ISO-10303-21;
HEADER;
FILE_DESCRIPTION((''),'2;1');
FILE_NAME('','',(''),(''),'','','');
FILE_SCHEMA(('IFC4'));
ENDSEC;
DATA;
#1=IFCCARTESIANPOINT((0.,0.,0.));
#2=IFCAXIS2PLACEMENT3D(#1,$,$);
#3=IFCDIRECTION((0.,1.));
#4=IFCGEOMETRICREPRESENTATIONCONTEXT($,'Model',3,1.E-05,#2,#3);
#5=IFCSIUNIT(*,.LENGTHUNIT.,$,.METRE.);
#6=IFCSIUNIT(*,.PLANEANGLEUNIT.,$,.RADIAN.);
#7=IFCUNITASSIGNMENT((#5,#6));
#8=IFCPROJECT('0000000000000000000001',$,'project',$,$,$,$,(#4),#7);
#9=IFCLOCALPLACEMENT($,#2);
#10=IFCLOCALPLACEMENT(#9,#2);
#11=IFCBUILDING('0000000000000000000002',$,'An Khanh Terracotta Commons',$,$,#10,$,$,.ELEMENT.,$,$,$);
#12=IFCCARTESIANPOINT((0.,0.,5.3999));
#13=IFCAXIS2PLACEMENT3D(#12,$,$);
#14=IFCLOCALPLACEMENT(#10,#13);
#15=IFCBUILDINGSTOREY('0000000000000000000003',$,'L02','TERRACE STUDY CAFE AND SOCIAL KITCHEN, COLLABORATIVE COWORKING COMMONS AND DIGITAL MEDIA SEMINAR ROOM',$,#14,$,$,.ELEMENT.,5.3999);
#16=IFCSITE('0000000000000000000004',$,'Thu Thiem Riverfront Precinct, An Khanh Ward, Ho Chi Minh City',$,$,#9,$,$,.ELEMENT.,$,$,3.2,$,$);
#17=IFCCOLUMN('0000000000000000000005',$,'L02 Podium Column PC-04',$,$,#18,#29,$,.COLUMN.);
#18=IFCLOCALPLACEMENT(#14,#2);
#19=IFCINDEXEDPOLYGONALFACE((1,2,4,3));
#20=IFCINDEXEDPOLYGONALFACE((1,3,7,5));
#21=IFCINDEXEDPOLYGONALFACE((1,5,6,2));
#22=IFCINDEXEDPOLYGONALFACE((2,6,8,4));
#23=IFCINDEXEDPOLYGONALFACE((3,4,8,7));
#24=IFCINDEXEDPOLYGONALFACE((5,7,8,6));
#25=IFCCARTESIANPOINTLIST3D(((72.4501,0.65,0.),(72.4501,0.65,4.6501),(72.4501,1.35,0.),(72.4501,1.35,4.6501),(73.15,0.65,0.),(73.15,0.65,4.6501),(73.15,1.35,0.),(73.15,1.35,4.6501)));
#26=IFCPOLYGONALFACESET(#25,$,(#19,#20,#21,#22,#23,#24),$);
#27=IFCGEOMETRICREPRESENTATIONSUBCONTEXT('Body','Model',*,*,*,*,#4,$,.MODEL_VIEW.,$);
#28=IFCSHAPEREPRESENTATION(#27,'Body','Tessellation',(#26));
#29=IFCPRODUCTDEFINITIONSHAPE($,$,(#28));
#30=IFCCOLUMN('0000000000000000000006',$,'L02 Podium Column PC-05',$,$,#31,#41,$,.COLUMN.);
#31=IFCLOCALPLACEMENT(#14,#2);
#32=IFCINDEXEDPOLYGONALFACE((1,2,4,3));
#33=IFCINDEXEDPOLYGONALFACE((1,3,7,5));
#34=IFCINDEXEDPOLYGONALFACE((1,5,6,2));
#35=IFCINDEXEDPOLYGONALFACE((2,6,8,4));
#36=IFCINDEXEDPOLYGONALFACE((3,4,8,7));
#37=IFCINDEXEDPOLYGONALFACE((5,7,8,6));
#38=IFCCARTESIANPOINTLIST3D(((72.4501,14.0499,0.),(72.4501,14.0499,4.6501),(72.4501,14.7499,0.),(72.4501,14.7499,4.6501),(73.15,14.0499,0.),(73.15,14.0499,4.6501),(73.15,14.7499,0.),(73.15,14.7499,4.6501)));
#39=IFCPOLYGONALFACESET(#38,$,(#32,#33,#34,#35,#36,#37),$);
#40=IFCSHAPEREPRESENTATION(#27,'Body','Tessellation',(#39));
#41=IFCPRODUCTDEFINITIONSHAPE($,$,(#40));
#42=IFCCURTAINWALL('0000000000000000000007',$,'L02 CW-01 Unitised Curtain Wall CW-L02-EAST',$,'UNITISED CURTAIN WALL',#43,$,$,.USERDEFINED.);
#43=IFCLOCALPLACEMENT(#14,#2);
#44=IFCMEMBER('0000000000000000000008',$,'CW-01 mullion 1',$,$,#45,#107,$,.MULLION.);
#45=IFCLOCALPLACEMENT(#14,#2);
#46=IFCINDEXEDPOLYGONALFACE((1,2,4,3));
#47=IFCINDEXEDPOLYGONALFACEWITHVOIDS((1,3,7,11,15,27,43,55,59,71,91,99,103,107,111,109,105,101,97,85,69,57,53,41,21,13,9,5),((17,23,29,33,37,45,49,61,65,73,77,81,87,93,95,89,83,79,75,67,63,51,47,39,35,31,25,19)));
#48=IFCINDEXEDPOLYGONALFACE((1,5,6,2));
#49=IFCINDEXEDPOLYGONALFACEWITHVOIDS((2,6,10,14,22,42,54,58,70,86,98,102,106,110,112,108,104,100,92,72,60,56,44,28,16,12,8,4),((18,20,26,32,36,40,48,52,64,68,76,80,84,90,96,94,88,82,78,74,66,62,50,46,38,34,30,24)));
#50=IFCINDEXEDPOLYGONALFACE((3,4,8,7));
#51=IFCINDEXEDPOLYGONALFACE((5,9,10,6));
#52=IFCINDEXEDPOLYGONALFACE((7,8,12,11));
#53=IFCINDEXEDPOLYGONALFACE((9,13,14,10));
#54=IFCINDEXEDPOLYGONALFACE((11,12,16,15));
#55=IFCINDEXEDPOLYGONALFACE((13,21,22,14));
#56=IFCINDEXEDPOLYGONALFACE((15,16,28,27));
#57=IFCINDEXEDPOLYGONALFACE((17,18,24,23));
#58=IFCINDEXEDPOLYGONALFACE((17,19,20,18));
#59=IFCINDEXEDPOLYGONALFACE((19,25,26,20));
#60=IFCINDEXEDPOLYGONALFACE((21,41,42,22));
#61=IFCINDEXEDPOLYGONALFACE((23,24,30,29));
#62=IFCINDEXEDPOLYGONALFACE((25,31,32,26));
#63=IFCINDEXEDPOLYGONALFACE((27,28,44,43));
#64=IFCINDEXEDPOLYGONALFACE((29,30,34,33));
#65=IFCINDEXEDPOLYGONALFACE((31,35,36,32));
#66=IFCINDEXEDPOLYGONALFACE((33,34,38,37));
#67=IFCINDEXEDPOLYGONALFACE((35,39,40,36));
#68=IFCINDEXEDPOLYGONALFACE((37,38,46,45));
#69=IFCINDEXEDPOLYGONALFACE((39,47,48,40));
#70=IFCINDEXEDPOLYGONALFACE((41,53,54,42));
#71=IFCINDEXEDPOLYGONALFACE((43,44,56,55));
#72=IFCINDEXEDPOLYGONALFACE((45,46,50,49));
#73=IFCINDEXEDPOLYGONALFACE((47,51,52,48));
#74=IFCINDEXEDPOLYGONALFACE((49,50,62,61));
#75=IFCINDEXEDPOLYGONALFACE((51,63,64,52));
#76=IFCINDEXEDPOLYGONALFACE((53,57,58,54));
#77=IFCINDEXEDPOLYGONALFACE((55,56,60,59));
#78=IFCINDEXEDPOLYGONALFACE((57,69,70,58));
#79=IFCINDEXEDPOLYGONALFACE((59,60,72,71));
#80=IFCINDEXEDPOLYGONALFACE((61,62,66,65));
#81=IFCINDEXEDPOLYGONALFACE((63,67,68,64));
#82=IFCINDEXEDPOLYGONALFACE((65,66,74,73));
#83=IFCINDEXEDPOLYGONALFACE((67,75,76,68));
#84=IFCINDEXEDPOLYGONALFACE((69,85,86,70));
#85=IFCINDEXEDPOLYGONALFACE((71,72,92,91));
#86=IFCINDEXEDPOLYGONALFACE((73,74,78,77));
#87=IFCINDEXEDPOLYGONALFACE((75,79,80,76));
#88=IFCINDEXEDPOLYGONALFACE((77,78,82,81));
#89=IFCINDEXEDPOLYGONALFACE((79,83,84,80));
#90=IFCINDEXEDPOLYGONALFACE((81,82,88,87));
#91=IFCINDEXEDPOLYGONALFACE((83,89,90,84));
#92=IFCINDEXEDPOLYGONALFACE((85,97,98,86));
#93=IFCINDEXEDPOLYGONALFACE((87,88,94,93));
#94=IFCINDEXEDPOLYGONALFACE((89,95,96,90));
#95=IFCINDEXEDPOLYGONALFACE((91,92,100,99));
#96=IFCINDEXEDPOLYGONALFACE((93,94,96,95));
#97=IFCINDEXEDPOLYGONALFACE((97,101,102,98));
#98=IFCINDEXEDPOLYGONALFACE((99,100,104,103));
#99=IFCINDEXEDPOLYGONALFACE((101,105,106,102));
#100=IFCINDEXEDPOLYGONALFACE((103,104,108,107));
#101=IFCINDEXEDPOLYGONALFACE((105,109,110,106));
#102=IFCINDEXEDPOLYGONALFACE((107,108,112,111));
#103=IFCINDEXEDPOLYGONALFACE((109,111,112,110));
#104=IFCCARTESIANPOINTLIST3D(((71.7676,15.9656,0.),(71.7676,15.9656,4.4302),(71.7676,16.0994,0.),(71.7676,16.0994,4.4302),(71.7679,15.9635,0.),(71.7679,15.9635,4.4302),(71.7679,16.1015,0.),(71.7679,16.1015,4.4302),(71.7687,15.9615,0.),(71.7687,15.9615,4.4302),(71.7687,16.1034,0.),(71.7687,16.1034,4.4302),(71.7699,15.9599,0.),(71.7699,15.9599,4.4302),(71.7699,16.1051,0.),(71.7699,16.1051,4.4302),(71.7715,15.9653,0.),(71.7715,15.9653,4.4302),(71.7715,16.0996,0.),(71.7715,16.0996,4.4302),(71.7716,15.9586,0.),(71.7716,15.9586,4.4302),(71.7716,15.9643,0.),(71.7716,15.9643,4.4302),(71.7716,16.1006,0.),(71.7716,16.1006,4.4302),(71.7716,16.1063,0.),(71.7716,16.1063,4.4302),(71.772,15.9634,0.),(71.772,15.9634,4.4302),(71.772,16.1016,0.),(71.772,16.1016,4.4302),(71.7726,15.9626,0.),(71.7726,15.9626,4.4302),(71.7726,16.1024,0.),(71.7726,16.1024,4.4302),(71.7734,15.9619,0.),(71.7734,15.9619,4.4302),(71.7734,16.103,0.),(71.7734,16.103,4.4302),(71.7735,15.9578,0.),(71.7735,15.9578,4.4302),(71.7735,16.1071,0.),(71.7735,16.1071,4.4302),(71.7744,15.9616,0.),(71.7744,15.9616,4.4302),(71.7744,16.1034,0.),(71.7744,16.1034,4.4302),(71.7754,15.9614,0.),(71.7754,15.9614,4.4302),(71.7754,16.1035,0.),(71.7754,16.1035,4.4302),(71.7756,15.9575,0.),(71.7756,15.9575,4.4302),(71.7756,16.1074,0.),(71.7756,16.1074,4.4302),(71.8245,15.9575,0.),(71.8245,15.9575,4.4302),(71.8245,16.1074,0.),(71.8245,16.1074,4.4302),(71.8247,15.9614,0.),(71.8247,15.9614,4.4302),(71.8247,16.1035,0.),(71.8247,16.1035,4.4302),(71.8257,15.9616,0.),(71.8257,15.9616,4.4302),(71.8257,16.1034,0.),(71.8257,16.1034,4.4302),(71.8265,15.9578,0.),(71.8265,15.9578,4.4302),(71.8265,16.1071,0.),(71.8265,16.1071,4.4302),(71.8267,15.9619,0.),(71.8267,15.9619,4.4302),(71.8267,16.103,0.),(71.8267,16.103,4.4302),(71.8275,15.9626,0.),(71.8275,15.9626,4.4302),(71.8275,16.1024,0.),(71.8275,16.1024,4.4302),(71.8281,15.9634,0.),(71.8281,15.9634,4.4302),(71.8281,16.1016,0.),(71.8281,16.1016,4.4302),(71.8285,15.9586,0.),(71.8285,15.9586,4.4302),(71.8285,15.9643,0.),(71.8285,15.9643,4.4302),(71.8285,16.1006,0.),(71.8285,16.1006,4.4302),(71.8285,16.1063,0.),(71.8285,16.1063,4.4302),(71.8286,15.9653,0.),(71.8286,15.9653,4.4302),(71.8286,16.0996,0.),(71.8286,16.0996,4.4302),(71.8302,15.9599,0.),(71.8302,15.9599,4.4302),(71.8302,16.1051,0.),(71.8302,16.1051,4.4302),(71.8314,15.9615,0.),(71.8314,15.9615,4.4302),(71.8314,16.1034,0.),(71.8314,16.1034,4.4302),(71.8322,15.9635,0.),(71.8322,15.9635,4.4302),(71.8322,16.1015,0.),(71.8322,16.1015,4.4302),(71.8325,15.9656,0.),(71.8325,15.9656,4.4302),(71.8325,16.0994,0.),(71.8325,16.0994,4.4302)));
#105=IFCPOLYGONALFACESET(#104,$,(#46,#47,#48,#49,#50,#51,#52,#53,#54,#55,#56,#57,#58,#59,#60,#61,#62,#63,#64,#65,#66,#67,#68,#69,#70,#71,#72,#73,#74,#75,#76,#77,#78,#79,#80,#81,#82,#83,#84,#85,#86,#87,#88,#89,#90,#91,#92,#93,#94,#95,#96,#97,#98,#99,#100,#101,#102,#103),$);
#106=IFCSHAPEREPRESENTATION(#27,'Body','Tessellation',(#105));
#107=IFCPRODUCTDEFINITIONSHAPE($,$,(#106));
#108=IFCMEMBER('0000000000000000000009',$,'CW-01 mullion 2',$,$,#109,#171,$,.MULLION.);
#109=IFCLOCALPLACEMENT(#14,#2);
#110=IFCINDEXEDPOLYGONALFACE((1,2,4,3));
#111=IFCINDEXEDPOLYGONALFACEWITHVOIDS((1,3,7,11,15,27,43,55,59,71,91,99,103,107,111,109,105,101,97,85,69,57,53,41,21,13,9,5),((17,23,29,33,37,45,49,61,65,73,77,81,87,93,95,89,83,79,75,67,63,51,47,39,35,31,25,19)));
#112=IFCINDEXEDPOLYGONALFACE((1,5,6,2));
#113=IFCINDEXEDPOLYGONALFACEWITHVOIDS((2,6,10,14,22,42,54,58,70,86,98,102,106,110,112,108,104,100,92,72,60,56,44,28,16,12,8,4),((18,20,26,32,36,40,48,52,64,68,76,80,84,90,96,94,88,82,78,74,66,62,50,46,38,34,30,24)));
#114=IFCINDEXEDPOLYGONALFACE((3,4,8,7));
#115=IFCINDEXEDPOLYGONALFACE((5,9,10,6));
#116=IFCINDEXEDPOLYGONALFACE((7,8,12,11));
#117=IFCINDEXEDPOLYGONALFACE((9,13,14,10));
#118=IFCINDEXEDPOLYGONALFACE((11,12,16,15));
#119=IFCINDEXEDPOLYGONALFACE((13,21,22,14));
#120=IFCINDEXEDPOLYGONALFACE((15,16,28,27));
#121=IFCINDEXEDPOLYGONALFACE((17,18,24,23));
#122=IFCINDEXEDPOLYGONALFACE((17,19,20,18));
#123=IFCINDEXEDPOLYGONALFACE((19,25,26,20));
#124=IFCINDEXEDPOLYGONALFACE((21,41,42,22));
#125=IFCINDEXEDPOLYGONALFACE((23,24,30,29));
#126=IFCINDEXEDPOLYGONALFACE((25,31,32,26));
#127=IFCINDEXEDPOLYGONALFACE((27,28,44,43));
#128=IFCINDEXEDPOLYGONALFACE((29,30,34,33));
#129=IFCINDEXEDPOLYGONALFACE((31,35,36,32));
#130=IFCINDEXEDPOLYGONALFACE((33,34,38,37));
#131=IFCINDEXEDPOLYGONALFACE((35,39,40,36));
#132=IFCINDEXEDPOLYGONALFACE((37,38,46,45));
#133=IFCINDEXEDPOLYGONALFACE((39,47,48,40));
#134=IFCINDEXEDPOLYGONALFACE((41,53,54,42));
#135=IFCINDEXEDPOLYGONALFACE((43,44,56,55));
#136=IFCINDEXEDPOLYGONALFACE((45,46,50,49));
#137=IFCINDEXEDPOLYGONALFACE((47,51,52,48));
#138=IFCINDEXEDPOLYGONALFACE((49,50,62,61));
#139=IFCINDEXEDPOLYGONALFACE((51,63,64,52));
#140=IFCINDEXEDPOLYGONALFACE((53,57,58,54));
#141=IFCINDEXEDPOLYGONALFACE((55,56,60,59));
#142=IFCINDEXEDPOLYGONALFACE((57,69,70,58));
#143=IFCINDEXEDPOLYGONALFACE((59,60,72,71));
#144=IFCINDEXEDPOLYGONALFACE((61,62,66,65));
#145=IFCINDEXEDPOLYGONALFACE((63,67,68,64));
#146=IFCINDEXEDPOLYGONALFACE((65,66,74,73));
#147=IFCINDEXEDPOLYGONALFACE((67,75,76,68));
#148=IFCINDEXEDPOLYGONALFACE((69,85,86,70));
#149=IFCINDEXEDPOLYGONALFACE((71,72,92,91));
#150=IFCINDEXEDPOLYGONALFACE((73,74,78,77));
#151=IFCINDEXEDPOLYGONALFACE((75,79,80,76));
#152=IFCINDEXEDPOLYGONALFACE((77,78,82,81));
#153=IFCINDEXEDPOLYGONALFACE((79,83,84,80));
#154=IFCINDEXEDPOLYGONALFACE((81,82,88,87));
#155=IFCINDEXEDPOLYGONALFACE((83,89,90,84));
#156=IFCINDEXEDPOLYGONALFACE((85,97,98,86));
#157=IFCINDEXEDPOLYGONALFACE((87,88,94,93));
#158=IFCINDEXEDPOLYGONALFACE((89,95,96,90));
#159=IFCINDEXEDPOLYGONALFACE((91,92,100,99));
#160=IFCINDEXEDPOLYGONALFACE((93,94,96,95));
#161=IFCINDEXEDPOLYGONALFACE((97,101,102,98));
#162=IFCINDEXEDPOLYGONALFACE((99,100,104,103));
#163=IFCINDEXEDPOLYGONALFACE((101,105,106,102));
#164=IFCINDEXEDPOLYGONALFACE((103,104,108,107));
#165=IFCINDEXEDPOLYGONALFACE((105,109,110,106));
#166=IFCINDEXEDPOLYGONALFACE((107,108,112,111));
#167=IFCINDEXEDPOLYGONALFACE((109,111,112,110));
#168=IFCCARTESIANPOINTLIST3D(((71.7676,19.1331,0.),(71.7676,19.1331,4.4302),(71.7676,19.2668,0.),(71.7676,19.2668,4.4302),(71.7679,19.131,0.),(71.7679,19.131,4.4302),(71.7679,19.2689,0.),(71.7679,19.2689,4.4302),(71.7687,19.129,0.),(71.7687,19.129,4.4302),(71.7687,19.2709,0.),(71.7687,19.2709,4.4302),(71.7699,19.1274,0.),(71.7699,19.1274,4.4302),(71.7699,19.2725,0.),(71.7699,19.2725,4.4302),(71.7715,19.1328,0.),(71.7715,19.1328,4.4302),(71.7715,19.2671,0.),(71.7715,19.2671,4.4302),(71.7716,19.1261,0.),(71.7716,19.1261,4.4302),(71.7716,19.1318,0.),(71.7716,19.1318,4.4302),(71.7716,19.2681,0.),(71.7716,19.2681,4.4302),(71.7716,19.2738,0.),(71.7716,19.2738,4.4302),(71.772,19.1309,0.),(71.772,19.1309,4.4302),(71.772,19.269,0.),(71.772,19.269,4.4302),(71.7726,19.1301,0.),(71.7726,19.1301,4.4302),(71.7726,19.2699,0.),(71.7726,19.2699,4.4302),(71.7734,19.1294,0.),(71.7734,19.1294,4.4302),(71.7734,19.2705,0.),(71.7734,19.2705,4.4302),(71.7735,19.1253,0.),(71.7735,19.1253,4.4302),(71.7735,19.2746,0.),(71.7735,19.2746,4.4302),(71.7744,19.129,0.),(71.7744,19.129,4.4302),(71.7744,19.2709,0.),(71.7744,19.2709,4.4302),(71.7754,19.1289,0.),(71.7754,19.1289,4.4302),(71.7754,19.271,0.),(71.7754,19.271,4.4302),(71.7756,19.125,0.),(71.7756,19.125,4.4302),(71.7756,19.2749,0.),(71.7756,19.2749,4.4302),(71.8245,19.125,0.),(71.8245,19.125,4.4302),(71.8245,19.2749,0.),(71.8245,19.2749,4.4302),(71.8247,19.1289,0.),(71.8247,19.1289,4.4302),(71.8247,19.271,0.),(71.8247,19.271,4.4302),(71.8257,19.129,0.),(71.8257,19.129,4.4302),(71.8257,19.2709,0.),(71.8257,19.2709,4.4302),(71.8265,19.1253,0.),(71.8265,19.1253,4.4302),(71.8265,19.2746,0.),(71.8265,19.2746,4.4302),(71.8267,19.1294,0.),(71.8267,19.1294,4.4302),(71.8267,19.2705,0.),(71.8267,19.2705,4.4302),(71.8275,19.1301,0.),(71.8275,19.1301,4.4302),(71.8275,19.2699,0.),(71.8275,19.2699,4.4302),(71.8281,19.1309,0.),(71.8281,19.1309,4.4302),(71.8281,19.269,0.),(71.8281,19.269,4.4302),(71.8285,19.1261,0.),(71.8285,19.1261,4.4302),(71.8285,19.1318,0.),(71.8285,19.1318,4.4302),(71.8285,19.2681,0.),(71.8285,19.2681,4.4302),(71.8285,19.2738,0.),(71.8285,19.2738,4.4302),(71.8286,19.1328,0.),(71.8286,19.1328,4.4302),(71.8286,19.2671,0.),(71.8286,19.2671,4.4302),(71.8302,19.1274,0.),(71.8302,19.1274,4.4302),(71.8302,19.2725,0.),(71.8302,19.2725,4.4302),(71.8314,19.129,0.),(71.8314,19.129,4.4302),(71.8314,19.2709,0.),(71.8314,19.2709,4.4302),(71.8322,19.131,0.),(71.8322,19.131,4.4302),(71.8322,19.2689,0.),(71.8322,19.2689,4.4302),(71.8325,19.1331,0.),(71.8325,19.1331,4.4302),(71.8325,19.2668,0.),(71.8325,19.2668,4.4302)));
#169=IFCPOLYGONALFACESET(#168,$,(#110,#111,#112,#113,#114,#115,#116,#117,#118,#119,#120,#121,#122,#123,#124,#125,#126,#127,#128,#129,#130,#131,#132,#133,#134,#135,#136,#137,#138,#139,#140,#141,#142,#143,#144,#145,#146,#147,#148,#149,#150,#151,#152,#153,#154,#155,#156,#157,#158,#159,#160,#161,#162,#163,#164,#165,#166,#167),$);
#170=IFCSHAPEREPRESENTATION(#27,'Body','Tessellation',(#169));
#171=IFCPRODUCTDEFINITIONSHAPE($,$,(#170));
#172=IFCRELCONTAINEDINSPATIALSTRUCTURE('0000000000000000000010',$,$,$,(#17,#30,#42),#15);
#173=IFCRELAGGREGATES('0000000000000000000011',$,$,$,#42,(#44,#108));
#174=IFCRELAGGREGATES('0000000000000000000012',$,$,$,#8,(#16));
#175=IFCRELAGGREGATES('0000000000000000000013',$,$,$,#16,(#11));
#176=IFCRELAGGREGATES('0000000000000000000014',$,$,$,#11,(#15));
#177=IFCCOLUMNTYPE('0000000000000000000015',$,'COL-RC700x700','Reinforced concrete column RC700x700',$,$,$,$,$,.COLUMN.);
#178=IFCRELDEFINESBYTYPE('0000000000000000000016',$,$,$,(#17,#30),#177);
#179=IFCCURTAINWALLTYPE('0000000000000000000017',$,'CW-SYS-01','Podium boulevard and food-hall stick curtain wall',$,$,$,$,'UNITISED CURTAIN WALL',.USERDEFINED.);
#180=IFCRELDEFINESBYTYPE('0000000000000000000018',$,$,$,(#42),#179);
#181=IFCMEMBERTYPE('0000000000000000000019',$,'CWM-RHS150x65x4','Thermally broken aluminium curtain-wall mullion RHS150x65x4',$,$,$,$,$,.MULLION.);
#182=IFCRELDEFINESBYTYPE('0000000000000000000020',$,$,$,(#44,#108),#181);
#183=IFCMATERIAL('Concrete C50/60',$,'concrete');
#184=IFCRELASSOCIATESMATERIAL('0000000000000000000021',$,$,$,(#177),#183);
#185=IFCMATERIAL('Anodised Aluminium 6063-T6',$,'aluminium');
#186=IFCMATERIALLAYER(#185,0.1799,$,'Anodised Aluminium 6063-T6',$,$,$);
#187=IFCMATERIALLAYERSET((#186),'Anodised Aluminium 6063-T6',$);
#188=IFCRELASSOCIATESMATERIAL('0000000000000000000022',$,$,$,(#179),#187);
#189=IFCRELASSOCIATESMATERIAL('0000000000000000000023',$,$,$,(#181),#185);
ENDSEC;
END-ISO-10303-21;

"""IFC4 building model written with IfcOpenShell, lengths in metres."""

from ifc_helpers import new_model, si_unit, direction, frame, origin, origin_2d, place, context, subcontext, project, spatial, rectangle, hollow_rectangle, extrude, material, layer, layer_set, material_profile, profile_set, type_object, element, aggregate, save


model = new_model("IFC4")

# Units and contexts
model_context = context("Model", 3, precision=1e-05, world=origin(), true_north=direction((0.0, 1.0)))
body_context = subcontext(model_context, "Body", "Model", "MODEL_VIEW")
ifc_project = project(units=[si_unit("LENGTHUNIT", "METRE"), si_unit("PLANEANGLEUNIT", "RADIAN")], contexts=[model_context])

# Site, building, storey
site_placement = place(None, origin())
site = spatial("IfcSite", under=ifc_project, at=site_placement, Name="Thu Thiem Riverfront Precinct, An Khanh Ward, Ho Chi Minh City", CompositionType="ELEMENT", RefElevation=3.2)
building_placement = place(site_placement, origin())
building = spatial("IfcBuilding", under=site, at=building_placement, Name="An Khanh Terracotta Commons", CompositionType="ELEMENT")
storey_placement = place(building_placement, frame((0.0, 0.0, 5.3999)))
storey = spatial("IfcBuildingStorey", under=building, at=storey_placement, Name="L02", Description="TERRACE STUDY CAFE AND SOCIAL KITCHEN, COLLABORATIVE COWORKING COMMONS AND DIGITAL MEDIA SEMINAR ROOM", CompositionType="ELEMENT", Elevation=5.3999)

# Columns
ifc_material_1 = material(Name="Concrete C50/60", Category="concrete")
ifc_material_profile_1 = material_profile(ifc_material_1, rectangle(XDim=0.7, YDim=0.7, at=origin_2d()), Name="RC700x700")
ifc_profile_set_1 = profile_set([ifc_material_profile_1], Name="Concrete C50/60")
column_type = type_object("IfcColumnType", Name="COL-RC700x700", Description="Reinforced concrete column RC700x700", PredefinedType="COLUMN", material=ifc_profile_set_1)
for number, where, z_axis, x_axis, name in (
    (1, (72.8, 1.0, 0.0), (0.0, 0.0, 1.0), (1.0, 0.0, 0.0), "L02 Podium Column PC-04"),
    (2, (72.8, 14.3999, 0.0), (0.0, 0.0, 1.0), (1.0, 0.0, 0.0), "L02 Podium Column PC-05"),
):
    element("IfcColumn", number, at=place(storey_placement, frame(where, z_axis=z_axis, x_axis=x_axis)), inside=storey, type_object=column_type, Name=name, PredefinedType="COLUMN", context=body_context, shape_type="SweptSolid", body=[
        extrude(rectangle(XDim=0.7, YDim=0.7, at=origin_2d()), origin(), (0.0, 0.0, 1.0), 4.6501),
    ])

# Curtain wall, members
ifc_material_2 = material(Name="Anodised Aluminium 6063-T6", Category="aluminium")
ifc_layer_1 = layer(ifc_material_2, 0.1799, Name="Anodised Aluminium 6063-T6")
ifc_layer_set_1 = layer_set([ifc_layer_1], Name="Anodised Aluminium 6063-T6")
curtain_wall_type = type_object("IfcCurtainWallType", Name="CW-SYS-01", Description="Podium boulevard and food-hall stick curtain wall", ElementType="UNITISED CURTAIN WALL", PredefinedType="USERDEFINED", material=ifc_layer_set_1)
curtain_wall_placement = place(storey_placement, origin())
curtain_wall = element("IfcCurtainWall", 3, at=curtain_wall_placement, inside=storey, type_object=curtain_wall_type, Name="L02 CW-01 Unitised Curtain Wall CW-L02-EAST", ObjectType="UNITISED CURTAIN WALL", PredefinedType="USERDEFINED")
ifc_material_profile_2 = material_profile(ifc_material_2, hollow_rectangle(XDim=0.0649, YDim=0.1499, WallThickness=0.0039, InnerFilletRadius=0.0039, OuterFilletRadius=0.0081, at=origin_2d()), Name="RHS150x65x4")
ifc_profile_set_2 = profile_set([ifc_material_profile_2], Name="Anodised Aluminium 6063-T6")
member_type_1 = type_object("IfcMemberType", Name="CWM-RHS150x65x4", Description="Thermally broken aluminium curtain-wall mullion RHS150x65x4", PredefinedType="MULLION", material=ifc_profile_set_2)
member_1_placement = place(storey_placement, frame((71.8, 16.0325, 0.0), z_axis=(0.0, 0.0, 1.0), x_axis=(-1.0, 0.0, 0.0)))
member_1 = element("IfcMember", 4, at=member_1_placement, type_object=member_type_1, Name="CW-01 mullion 1", PredefinedType="MULLION", context=body_context, shape_type="SweptSolid", body=[
    extrude(hollow_rectangle(XDim=0.0649, YDim=0.1499, WallThickness=0.0039, InnerFilletRadius=0.0039, OuterFilletRadius=0.0081, at=origin_2d()), origin(), (0.0, 0.0, 1.0), 4.4302),
])
member_2_placement = place(storey_placement, frame((71.8, 19.2, 0.0), z_axis=(0.0, 0.0, 1.0), x_axis=(-1.0, 0.0, 0.0)))
member_2 = element("IfcMember", 5, at=member_2_placement, type_object=member_type_1, Name="CW-01 mullion 2", PredefinedType="MULLION", context=body_context, shape_type="SweptSolid", body=[
    extrude(hollow_rectangle(XDim=0.0649, YDim=0.1499, WallThickness=0.0039, InnerFilletRadius=0.0039, OuterFilletRadius=0.0081, at=origin_2d()), origin(), (0.0, 0.0, 1.0), 4.4302),
])
aggregate(curtain_wall, [member_1, member_2])

save(model, "model.ifc")
